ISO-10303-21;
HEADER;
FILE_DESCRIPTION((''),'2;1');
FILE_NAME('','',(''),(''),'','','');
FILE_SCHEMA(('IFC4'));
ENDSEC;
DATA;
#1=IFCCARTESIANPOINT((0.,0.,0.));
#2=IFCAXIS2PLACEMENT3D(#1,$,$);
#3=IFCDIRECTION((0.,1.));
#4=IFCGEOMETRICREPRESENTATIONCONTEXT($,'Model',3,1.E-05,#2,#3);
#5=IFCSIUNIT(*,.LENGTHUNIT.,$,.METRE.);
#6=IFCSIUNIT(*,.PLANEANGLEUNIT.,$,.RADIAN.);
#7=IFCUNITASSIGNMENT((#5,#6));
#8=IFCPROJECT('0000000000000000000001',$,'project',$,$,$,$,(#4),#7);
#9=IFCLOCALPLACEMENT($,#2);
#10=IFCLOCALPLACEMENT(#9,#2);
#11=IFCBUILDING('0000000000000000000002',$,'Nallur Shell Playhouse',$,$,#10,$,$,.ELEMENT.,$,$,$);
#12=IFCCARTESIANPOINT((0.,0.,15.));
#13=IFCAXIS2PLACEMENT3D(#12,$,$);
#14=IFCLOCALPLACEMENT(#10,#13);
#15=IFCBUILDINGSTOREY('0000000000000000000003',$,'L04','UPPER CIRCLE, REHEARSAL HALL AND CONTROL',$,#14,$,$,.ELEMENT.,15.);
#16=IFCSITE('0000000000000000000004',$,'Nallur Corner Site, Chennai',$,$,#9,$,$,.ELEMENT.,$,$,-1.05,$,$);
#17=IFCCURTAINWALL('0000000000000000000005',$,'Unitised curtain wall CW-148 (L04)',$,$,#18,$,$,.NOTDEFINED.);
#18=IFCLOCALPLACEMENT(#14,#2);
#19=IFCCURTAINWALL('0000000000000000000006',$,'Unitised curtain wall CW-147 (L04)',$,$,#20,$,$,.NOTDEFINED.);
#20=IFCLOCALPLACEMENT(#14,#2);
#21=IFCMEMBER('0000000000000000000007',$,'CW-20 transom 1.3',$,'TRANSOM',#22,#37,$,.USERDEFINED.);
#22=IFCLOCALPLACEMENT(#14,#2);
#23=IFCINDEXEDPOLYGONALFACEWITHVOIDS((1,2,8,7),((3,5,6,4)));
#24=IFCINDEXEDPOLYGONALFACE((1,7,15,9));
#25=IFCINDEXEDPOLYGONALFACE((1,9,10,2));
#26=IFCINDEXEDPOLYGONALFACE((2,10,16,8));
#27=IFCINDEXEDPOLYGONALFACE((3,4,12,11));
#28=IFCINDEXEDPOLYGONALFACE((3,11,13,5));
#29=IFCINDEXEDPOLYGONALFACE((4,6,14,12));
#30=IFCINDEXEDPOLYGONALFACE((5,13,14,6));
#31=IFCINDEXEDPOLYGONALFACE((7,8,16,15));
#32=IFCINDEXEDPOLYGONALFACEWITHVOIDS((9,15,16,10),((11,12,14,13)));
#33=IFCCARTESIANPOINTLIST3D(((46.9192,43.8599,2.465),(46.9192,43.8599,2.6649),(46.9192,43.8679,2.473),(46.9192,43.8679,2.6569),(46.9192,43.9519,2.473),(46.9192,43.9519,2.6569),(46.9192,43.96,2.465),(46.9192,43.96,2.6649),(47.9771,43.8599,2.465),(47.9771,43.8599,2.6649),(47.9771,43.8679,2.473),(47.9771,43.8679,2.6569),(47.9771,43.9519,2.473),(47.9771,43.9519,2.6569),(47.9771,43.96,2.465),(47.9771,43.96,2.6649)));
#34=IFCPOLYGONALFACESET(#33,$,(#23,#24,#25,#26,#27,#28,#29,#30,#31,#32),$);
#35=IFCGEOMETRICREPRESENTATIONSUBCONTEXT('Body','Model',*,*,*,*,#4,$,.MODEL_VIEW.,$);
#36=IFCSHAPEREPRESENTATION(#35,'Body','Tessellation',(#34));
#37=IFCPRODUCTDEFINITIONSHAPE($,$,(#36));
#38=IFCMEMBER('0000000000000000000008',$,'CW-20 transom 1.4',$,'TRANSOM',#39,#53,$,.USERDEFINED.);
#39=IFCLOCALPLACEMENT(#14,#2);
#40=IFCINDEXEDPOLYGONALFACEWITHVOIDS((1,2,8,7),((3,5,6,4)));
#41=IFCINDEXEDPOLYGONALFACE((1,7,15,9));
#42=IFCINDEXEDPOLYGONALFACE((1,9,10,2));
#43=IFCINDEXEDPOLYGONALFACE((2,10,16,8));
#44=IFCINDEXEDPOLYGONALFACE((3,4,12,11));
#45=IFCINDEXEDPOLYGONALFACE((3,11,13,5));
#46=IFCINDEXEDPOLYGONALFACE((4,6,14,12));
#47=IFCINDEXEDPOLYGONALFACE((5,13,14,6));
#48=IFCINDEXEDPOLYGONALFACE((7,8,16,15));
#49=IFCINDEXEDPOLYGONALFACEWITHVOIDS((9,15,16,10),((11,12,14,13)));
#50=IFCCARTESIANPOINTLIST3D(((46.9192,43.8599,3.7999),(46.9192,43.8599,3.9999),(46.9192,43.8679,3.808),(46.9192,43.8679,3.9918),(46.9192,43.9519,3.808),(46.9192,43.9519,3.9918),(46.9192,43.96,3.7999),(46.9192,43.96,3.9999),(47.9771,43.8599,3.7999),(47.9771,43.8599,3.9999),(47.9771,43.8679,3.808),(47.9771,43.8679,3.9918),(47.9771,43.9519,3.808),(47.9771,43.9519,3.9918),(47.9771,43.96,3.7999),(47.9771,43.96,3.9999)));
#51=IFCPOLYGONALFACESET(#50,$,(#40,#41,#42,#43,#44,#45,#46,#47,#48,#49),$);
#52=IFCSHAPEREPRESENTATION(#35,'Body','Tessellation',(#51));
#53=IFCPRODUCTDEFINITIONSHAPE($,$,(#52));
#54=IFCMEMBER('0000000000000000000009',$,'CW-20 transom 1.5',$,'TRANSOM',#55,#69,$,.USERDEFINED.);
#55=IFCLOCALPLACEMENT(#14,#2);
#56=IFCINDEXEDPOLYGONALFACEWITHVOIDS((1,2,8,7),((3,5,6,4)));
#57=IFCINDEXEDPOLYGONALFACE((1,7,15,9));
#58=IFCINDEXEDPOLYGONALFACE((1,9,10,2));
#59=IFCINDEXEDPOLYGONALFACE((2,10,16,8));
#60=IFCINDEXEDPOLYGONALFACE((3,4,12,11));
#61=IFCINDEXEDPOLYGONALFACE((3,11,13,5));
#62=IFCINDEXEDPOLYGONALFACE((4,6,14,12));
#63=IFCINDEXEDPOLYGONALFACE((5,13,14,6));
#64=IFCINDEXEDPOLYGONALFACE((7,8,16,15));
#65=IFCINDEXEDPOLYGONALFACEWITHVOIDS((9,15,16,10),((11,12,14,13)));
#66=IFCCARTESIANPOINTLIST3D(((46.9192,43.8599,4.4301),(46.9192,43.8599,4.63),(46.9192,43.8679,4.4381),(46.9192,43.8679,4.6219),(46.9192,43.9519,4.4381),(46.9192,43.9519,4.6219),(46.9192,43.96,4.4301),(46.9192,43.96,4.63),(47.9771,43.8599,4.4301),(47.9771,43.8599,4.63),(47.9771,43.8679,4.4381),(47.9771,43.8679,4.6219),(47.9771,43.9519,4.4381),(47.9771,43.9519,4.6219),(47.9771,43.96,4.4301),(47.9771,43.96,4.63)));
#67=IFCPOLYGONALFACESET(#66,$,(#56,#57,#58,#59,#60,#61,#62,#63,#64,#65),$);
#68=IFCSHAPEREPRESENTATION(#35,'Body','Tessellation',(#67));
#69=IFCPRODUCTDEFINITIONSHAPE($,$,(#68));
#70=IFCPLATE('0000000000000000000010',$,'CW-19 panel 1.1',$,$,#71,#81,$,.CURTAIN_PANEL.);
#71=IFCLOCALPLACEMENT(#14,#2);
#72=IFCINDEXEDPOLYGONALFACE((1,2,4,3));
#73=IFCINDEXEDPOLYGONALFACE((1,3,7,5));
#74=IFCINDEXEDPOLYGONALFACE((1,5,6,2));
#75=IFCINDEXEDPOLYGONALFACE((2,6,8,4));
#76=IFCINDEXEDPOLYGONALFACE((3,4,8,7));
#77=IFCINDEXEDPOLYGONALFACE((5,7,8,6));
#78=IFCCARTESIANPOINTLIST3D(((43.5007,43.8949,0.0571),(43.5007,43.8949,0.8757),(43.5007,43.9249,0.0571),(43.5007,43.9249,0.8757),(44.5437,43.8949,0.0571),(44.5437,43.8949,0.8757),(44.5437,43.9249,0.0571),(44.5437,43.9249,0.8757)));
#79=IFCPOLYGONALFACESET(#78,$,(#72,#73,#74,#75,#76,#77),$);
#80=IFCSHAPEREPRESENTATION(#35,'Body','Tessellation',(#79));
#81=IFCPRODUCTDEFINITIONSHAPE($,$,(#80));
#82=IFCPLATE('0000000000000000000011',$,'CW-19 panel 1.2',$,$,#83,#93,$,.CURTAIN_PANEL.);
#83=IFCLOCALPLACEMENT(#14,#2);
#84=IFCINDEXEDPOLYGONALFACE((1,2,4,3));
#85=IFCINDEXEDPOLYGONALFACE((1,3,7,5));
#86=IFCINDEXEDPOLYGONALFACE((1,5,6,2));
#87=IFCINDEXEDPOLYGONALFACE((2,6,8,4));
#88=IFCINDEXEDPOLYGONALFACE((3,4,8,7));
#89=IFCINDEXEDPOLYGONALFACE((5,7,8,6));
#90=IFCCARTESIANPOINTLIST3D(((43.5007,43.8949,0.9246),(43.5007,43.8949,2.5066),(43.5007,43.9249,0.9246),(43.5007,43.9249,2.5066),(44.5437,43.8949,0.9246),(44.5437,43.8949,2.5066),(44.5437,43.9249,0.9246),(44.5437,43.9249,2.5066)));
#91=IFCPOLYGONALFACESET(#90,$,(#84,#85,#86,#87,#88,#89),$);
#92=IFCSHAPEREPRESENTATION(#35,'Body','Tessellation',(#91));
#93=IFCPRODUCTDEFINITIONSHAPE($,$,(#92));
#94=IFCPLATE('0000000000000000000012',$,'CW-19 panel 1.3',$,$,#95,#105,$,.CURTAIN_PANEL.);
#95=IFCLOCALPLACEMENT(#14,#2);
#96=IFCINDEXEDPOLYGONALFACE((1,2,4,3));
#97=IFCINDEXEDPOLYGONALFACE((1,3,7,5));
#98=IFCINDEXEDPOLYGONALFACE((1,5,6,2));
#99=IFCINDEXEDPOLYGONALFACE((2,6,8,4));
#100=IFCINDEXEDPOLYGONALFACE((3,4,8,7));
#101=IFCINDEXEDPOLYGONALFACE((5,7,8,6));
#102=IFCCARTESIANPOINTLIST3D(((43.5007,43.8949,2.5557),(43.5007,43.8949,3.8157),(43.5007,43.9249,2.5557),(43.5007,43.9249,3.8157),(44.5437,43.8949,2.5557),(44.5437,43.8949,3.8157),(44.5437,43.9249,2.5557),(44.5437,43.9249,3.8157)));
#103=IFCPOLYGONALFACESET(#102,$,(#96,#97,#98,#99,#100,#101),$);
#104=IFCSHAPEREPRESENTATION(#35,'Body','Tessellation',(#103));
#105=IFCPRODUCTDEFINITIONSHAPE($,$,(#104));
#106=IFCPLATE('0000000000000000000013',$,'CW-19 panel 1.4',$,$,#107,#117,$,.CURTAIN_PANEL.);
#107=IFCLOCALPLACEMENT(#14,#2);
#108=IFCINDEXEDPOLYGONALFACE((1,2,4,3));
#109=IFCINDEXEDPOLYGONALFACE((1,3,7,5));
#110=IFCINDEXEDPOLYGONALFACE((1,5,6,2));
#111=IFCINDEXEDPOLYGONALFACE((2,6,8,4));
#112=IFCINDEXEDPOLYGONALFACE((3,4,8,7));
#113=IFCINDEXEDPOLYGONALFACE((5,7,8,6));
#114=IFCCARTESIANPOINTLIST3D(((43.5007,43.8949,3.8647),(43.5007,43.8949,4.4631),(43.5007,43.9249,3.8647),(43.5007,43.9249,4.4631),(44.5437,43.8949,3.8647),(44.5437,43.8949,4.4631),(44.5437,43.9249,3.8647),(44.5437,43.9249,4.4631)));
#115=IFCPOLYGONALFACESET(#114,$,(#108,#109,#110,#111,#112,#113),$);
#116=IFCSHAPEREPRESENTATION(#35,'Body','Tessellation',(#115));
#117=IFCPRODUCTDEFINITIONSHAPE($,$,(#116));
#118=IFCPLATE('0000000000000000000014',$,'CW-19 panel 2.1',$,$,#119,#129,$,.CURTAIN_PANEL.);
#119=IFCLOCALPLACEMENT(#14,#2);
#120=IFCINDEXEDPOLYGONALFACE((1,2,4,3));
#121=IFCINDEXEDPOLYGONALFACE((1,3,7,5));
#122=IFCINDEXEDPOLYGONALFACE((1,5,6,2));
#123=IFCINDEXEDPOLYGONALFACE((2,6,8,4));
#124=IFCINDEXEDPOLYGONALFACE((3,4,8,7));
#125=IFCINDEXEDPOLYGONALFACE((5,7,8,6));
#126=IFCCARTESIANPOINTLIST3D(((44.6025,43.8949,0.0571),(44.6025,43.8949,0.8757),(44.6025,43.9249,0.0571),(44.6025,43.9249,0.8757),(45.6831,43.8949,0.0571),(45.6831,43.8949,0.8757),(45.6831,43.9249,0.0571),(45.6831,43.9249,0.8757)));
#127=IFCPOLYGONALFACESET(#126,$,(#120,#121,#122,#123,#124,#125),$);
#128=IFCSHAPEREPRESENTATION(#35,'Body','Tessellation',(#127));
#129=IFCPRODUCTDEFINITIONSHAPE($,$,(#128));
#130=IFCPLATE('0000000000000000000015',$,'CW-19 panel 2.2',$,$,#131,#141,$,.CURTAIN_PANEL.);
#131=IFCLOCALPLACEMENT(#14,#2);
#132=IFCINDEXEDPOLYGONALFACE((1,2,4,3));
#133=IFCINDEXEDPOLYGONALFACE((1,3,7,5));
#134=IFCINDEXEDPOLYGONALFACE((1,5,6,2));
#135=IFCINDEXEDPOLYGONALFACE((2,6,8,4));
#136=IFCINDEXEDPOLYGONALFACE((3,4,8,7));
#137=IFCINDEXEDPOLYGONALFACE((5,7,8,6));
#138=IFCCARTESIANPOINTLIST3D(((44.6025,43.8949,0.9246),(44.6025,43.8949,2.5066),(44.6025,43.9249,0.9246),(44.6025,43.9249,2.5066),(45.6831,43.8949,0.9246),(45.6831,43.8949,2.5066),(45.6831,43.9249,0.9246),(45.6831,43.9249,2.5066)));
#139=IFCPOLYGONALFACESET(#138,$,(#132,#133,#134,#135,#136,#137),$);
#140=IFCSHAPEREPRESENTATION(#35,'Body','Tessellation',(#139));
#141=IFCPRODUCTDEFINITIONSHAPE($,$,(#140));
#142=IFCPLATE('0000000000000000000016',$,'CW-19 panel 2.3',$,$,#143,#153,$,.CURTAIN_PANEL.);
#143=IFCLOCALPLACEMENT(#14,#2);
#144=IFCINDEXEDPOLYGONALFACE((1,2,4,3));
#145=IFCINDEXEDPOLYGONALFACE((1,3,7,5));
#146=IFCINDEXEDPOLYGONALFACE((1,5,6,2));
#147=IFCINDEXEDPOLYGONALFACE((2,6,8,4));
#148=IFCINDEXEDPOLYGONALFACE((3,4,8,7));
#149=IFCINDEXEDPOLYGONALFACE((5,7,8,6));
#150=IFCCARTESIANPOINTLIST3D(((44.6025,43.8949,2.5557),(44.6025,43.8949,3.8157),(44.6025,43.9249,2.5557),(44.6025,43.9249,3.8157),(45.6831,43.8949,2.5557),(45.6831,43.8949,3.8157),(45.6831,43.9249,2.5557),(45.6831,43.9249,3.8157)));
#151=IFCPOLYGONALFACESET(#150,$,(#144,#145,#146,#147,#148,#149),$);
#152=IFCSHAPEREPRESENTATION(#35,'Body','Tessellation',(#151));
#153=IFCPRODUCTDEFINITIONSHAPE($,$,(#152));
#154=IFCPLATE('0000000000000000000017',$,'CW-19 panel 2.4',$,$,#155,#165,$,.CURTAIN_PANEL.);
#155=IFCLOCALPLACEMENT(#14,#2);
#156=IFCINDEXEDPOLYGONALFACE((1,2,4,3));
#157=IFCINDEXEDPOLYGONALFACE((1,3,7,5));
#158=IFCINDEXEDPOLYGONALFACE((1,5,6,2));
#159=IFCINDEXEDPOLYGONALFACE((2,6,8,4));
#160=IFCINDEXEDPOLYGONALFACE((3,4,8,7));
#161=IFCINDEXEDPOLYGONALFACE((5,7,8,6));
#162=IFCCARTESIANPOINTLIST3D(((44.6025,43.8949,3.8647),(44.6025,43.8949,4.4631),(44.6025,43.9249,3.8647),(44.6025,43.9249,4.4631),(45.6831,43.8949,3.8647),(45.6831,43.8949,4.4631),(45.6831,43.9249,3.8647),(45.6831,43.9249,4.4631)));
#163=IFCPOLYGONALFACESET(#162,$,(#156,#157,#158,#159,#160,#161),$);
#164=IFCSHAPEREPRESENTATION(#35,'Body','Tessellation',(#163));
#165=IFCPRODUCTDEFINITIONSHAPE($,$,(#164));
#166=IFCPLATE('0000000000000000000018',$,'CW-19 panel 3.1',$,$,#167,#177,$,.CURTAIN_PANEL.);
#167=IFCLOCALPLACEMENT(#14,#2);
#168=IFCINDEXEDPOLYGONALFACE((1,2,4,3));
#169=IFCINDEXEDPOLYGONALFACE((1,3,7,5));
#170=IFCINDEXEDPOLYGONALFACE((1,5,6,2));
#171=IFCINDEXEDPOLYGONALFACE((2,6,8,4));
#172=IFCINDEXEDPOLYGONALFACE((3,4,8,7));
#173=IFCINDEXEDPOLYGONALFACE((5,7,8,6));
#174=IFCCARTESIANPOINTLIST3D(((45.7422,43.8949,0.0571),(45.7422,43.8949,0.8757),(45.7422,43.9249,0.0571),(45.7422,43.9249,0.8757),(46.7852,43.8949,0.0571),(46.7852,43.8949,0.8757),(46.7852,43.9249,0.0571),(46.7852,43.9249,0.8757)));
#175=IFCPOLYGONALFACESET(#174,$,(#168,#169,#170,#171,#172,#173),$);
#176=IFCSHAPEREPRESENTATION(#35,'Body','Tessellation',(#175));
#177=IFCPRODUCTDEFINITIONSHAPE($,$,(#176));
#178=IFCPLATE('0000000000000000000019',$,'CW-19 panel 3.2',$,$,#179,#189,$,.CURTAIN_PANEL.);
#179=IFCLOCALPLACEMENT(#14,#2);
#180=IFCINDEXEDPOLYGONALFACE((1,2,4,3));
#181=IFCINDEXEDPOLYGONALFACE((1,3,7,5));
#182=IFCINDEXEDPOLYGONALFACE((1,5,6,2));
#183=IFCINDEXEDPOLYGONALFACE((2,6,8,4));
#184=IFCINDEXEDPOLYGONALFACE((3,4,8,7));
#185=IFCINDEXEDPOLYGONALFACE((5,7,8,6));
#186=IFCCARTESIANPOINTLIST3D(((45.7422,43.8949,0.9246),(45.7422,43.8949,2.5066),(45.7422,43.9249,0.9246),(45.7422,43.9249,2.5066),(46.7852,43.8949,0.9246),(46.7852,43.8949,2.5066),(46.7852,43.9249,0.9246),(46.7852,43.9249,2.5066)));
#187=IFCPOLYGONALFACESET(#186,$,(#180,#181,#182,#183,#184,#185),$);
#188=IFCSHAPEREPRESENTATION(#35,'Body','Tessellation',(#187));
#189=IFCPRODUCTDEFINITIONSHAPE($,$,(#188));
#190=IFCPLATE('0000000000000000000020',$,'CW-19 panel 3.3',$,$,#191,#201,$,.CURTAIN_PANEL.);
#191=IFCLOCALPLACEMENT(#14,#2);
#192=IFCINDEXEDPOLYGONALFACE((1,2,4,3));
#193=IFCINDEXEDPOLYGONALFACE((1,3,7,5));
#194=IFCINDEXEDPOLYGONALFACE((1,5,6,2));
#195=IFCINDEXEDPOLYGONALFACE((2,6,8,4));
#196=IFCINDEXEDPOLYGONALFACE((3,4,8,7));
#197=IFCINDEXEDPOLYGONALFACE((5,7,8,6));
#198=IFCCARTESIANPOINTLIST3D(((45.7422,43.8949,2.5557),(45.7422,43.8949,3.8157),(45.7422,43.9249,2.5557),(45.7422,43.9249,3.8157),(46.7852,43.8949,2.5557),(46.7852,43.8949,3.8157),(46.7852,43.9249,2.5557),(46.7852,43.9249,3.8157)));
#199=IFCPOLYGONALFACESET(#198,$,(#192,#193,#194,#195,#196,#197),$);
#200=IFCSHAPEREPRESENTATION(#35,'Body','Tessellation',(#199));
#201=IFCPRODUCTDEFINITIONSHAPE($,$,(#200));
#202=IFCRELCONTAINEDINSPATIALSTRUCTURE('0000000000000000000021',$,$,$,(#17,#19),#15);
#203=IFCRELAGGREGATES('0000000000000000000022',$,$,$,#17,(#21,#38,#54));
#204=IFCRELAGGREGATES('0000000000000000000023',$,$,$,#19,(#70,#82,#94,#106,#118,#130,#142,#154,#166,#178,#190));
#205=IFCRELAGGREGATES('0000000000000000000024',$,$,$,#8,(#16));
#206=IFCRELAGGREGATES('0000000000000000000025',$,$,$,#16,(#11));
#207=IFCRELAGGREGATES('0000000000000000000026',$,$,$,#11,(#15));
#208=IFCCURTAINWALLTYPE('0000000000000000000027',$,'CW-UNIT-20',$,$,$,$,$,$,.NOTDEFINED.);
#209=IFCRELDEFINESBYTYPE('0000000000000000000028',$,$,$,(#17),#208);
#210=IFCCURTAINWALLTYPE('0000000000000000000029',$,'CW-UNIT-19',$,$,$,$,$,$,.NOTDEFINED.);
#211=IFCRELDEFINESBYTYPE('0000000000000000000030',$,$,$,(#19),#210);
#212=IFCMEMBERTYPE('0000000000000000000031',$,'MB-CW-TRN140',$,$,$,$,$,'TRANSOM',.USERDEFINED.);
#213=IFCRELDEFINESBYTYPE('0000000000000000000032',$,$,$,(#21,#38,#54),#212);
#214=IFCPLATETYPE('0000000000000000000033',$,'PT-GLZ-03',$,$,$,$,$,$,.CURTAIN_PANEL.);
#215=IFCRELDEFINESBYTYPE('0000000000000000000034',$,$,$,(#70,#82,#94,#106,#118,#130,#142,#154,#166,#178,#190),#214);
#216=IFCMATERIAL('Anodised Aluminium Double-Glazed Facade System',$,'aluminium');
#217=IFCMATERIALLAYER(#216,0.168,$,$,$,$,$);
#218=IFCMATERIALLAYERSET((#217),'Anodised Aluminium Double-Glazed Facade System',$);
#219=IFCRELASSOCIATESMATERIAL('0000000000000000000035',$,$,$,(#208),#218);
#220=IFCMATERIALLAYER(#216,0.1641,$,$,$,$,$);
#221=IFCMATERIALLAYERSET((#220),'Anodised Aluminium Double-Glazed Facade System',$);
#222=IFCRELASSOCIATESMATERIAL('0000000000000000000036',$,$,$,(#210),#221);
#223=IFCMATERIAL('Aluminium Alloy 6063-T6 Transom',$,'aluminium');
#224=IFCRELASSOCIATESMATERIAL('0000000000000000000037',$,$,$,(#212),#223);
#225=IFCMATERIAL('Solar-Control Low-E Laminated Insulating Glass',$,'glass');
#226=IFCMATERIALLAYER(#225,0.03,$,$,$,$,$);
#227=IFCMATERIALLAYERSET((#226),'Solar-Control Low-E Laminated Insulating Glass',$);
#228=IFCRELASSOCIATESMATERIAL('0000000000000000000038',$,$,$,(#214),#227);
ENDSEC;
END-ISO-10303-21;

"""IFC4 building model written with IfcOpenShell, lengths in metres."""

from ifc_helpers import new_model, si_unit, direction, frame, origin, origin_2d, place, context, subcontext, project, spatial, rectangle, hollow_rectangle, extrude, material, layer, layer_set, material_profile, profile_set, type_object, element, aggregate, save


model = new_model("IFC4")

# Units and contexts
model_context = context("Model", 3, precision=1e-05, world=origin(), true_north=direction((0.0, 1.0)))
body_context = subcontext(model_context, "Body", "Model", "MODEL_VIEW")
ifc_project = project(units=[si_unit("LENGTHUNIT", "METRE"), si_unit("PLANEANGLEUNIT", "RADIAN")], contexts=[model_context])

# Site, building, storey
site_placement = place(None, origin())
site = spatial("IfcSite", under=ifc_project, at=site_placement, Name="Nallur Corner Site, Chennai", CompositionType="ELEMENT", RefElevation=-1.05)
building_placement = place(site_placement, origin())
building = spatial("IfcBuilding", under=site, at=building_placement, Name="Nallur Shell Playhouse", CompositionType="ELEMENT")
storey_placement = place(building_placement, frame((0.0, 0.0, 15.0)))
storey = spatial("IfcBuildingStorey", under=building, at=storey_placement, Name="L04", Description="UPPER CIRCLE, REHEARSAL HALL AND CONTROL", CompositionType="ELEMENT", Elevation=15.0)

# Curtain wall
ifc_material_1 = material(Name="Anodised Aluminium Double-Glazed Facade System", Category="aluminium")
ifc_layer_1 = layer(ifc_material_1, 0.168)
ifc_layer_set_1 = layer_set([ifc_layer_1], Name="Anodised Aluminium Double-Glazed Facade System")
curtain_wall_type_1 = type_object("IfcCurtainWallType", Name="CW-UNIT-20", PredefinedType="NOTDEFINED", material=ifc_layer_set_1)
curtain_wall_1_placement = place(storey_placement, origin())
curtain_wall_1 = element("IfcCurtainWall", 1, at=curtain_wall_1_placement, inside=storey, type_object=curtain_wall_type_1, Name="Unitised curtain wall CW-148 (L04)", PredefinedType="NOTDEFINED")

# Curtain wall
ifc_layer_2 = layer(ifc_material_1, 0.1641)
ifc_layer_set_2 = layer_set([ifc_layer_2], Name="Anodised Aluminium Double-Glazed Facade System")
curtain_wall_type_2 = type_object("IfcCurtainWallType", Name="CW-UNIT-19", PredefinedType="NOTDEFINED", material=ifc_layer_set_2)
curtain_wall_2_placement = place(storey_placement, origin())
curtain_wall_2 = element("IfcCurtainWall", 2, at=curtain_wall_2_placement, inside=storey, type_object=curtain_wall_type_2, Name="Unitised curtain wall CW-147 (L04)", PredefinedType="NOTDEFINED")
ifc_material_2 = material(Name="Aluminium Alloy 6063-T6 Transom", Category="aluminium")

# Members
ifc_material_profile_1 = material_profile(ifc_material_2, hollow_rectangle(XDim=0.1001, YDim=0.2, WallThickness=0.0081, at=origin_2d()), Name="RHS 200x100x8")
ifc_profile_set_1 = profile_set([ifc_material_profile_1], Name="Aluminium Alloy 6063-T6 Transom")
member_type_1 = type_object("IfcMemberType", Name="MB-CW-TRN140", ElementType="TRANSOM", PredefinedType="USERDEFINED", material=ifc_profile_set_1)
member_1_placement = place(storey_placement, frame((46.9192, 43.9099, 2.5649), z_axis=(1.0, 0.0, 0.0), x_axis=(0.0, 1.0, 0.0)))
member_1 = element("IfcMember", 3, at=member_1_placement, type_object=member_type_1, Name="CW-20 transom 1.3", ObjectType="TRANSOM", PredefinedType="USERDEFINED", context=body_context, shape_type="SweptSolid", body=[
    extrude(hollow_rectangle(XDim=0.1001, YDim=0.2, WallThickness=0.0081, at=origin_2d()), origin(), (0.0, 0.0, 1.0), 1.0579),
])
member_2_placement = place(storey_placement, frame((46.9192, 43.9099, 3.8999), z_axis=(1.0, 0.0, 0.0), x_axis=(0.0, 1.0, 0.0)))
member_2 = element("IfcMember", 4, at=member_2_placement, type_object=member_type_1, Name="CW-20 transom 1.4", ObjectType="TRANSOM", PredefinedType="USERDEFINED", context=body_context, shape_type="SweptSolid", body=[
    extrude(hollow_rectangle(XDim=0.1001, YDim=0.2, WallThickness=0.0081, at=origin_2d()), origin(), (0.0, 0.0, 1.0), 1.0579),
])
member_3_placement = place(storey_placement, frame((46.9192, 43.9099, 4.53), z_axis=(1.0, 0.0, 0.0), x_axis=(0.0, 1.0, 0.0)))
member_3 = element("IfcMember", 5, at=member_3_placement, type_object=member_type_1, Name="CW-20 transom 1.5", ObjectType="TRANSOM", PredefinedType="USERDEFINED", context=body_context, shape_type="SweptSolid", body=[
    extrude(hollow_rectangle(XDim=0.1001, YDim=0.2, WallThickness=0.0081, at=origin_2d()), origin(), (0.0, 0.0, 1.0), 1.0579),
])
aggregate(curtain_wall_1, [member_1, member_2, member_3])

# Plates
ifc_material_3 = material(Name="Solar-Control Low-E Laminated Insulating Glass", Category="glass")
ifc_layer_3 = layer(ifc_material_3, 0.03)
ifc_layer_set_3 = layer_set([ifc_layer_3], Name="Solar-Control Low-E Laminated Insulating Glass")
plate_type = type_object("IfcPlateType", Name="PT-GLZ-03", PredefinedType="CURTAIN_PANEL", material=ifc_layer_set_3)
plate_1_placement = place(storey_placement, frame((44.0222, 43.9099, 0.0571), z_axis=(0.0, 0.0, 1.0), x_axis=(1.0, 0.0, 0.0)))
plate_1 = element("IfcPlate", 6, at=plate_1_placement, type_object=plate_type, Name="CW-19 panel 1.1", PredefinedType="CURTAIN_PANEL", context=body_context, shape_type="SweptSolid", body=[
    extrude(rectangle(XDim=1.043, YDim=0.03, at=origin_2d()), origin(), (0.0, 0.0, 1.0), 0.8186),
])
plate_2_placement = place(storey_placement, frame((44.0222, 43.9099, 0.9246), z_axis=(0.0, 0.0, 1.0), x_axis=(1.0, 0.0, 0.0)))
plate_2 = element("IfcPlate", 7, at=plate_2_placement, type_object=plate_type, Name="CW-19 panel 1.2", PredefinedType="CURTAIN_PANEL", context=body_context, shape_type="SweptSolid", body=[
    extrude(rectangle(XDim=1.043, YDim=0.03, at=origin_2d()), origin(), (0.0, 0.0, 1.0), 1.582),
])
plate_3_placement = place(storey_placement, frame((44.0222, 43.9099, 2.5557), z_axis=(0.0, 0.0, 1.0), x_axis=(1.0, 0.0, 0.0)))
plate_3 = element("IfcPlate", 8, at=plate_3_placement, type_object=plate_type, Name="CW-19 panel 1.3", PredefinedType="CURTAIN_PANEL", context=body_context, shape_type="SweptSolid", body=[
    extrude(rectangle(XDim=1.043, YDim=0.03, at=origin_2d()), origin(), (0.0, 0.0, 1.0), 1.26),
])
plate_4_placement = place(storey_placement, frame((44.0222, 43.9099, 3.8647), z_axis=(0.0, 0.0, 1.0), x_axis=(1.0, 0.0, 0.0)))
plate_4 = element("IfcPlate", 9, at=plate_4_placement, type_object=plate_type, Name="CW-19 panel 1.4", PredefinedType="CURTAIN_PANEL", context=body_context, shape_type="SweptSolid", body=[
    extrude(rectangle(XDim=1.043, YDim=0.03, at=origin_2d()), origin(), (0.0, 0.0, 1.0), 0.5984),
])
plate_5_placement = place(storey_placement, frame((45.1428, 43.9099, 0.0571), z_axis=(0.0, 0.0, 1.0), x_axis=(1.0, 0.0, 0.0)))
plate_5 = element("IfcPlate", 10, at=plate_5_placement, type_object=plate_type, Name="CW-19 panel 2.1", PredefinedType="CURTAIN_PANEL", context=body_context, shape_type="SweptSolid", body=[
    extrude(rectangle(XDim=1.0806, YDim=0.03, at=origin_2d()), origin(), (0.0, 0.0, 1.0), 0.8186),
])
plate_6_placement = place(storey_placement, frame((45.1428, 43.9099, 0.9246), z_axis=(0.0, 0.0, 1.0), x_axis=(1.0, 0.0, 0.0)))
plate_6 = element("IfcPlate", 11, at=plate_6_placement, type_object=plate_type, Name="CW-19 panel 2.2", PredefinedType="CURTAIN_PANEL", context=body_context, shape_type="SweptSolid", body=[
    extrude(rectangle(XDim=1.0806, YDim=0.03, at=origin_2d()), origin(), (0.0, 0.0, 1.0), 1.582),
])
plate_7_placement = place(storey_placement, frame((45.1428, 43.9099, 2.5557), z_axis=(0.0, 0.0, 1.0), x_axis=(1.0, 0.0, 0.0)))
plate_7 = element("IfcPlate", 12, at=plate_7_placement, type_object=plate_type, Name="CW-19 panel 2.3", PredefinedType="CURTAIN_PANEL", context=body_context, shape_type="SweptSolid", body=[
    extrude(rectangle(XDim=1.0806, YDim=0.03, at=origin_2d()), origin(), (0.0, 0.0, 1.0), 1.26),
])
plate_8_placement = place(storey_placement, frame((45.1428, 43.9099, 3.8647), z_axis=(0.0, 0.0, 1.0), x_axis=(1.0, 0.0, 0.0)))
plate_8 = element("IfcPlate", 13, at=plate_8_placement, type_object=plate_type, Name="CW-19 panel 2.4", PredefinedType="CURTAIN_PANEL", context=body_context, shape_type="SweptSolid", body=[
    extrude(rectangle(XDim=1.0806, YDim=0.03, at=origin_2d()), origin(), (0.0, 0.0, 1.0), 0.5984),
])
plate_9_placement = place(storey_placement, frame((46.2637, 43.9099, 0.0571), z_axis=(0.0, 0.0, 1.0), x_axis=(1.0, 0.0, 0.0)))
plate_9 = element("IfcPlate", 14, at=plate_9_placement, type_object=plate_type, Name="CW-19 panel 3.1", PredefinedType="CURTAIN_PANEL", context=body_context, shape_type="SweptSolid", body=[
    extrude(rectangle(XDim=1.043, YDim=0.03, at=origin_2d()), origin(), (0.0, 0.0, 1.0), 0.8186),
])
plate_10_placement = place(storey_placement, frame((46.2637, 43.9099, 0.9246), z_axis=(0.0, 0.0, 1.0), x_axis=(1.0, 0.0, 0.0)))
plate_10 = element("IfcPlate", 15, at=plate_10_placement, type_object=plate_type, Name="CW-19 panel 3.2", PredefinedType="CURTAIN_PANEL", context=body_context, shape_type="SweptSolid", body=[
    extrude(rectangle(XDim=1.043, YDim=0.03, at=origin_2d()), origin(), (0.0, 0.0, 1.0), 1.582),
])
plate_11_placement = place(storey_placement, frame((46.2637, 43.9099, 2.5557), z_axis=(0.0, 0.0, 1.0), x_axis=(1.0, 0.0, 0.0)))
plate_11 = element("IfcPlate", 16, at=plate_11_placement, type_object=plate_type, Name="CW-19 panel 3.3", PredefinedType="CURTAIN_PANEL", context=body_context, shape_type="SweptSolid", body=[
    extrude(rectangle(XDim=1.043, YDim=0.03, at=origin_2d()), origin(), (0.0, 0.0, 1.0), 1.26),
])
aggregate(curtain_wall_2, [plate_1, plate_2, plate_3, plate_4, plate_5, plate_6, plate_7, plate_8, plate_9, plate_10, plate_11])

save(model, "model.ifc")
